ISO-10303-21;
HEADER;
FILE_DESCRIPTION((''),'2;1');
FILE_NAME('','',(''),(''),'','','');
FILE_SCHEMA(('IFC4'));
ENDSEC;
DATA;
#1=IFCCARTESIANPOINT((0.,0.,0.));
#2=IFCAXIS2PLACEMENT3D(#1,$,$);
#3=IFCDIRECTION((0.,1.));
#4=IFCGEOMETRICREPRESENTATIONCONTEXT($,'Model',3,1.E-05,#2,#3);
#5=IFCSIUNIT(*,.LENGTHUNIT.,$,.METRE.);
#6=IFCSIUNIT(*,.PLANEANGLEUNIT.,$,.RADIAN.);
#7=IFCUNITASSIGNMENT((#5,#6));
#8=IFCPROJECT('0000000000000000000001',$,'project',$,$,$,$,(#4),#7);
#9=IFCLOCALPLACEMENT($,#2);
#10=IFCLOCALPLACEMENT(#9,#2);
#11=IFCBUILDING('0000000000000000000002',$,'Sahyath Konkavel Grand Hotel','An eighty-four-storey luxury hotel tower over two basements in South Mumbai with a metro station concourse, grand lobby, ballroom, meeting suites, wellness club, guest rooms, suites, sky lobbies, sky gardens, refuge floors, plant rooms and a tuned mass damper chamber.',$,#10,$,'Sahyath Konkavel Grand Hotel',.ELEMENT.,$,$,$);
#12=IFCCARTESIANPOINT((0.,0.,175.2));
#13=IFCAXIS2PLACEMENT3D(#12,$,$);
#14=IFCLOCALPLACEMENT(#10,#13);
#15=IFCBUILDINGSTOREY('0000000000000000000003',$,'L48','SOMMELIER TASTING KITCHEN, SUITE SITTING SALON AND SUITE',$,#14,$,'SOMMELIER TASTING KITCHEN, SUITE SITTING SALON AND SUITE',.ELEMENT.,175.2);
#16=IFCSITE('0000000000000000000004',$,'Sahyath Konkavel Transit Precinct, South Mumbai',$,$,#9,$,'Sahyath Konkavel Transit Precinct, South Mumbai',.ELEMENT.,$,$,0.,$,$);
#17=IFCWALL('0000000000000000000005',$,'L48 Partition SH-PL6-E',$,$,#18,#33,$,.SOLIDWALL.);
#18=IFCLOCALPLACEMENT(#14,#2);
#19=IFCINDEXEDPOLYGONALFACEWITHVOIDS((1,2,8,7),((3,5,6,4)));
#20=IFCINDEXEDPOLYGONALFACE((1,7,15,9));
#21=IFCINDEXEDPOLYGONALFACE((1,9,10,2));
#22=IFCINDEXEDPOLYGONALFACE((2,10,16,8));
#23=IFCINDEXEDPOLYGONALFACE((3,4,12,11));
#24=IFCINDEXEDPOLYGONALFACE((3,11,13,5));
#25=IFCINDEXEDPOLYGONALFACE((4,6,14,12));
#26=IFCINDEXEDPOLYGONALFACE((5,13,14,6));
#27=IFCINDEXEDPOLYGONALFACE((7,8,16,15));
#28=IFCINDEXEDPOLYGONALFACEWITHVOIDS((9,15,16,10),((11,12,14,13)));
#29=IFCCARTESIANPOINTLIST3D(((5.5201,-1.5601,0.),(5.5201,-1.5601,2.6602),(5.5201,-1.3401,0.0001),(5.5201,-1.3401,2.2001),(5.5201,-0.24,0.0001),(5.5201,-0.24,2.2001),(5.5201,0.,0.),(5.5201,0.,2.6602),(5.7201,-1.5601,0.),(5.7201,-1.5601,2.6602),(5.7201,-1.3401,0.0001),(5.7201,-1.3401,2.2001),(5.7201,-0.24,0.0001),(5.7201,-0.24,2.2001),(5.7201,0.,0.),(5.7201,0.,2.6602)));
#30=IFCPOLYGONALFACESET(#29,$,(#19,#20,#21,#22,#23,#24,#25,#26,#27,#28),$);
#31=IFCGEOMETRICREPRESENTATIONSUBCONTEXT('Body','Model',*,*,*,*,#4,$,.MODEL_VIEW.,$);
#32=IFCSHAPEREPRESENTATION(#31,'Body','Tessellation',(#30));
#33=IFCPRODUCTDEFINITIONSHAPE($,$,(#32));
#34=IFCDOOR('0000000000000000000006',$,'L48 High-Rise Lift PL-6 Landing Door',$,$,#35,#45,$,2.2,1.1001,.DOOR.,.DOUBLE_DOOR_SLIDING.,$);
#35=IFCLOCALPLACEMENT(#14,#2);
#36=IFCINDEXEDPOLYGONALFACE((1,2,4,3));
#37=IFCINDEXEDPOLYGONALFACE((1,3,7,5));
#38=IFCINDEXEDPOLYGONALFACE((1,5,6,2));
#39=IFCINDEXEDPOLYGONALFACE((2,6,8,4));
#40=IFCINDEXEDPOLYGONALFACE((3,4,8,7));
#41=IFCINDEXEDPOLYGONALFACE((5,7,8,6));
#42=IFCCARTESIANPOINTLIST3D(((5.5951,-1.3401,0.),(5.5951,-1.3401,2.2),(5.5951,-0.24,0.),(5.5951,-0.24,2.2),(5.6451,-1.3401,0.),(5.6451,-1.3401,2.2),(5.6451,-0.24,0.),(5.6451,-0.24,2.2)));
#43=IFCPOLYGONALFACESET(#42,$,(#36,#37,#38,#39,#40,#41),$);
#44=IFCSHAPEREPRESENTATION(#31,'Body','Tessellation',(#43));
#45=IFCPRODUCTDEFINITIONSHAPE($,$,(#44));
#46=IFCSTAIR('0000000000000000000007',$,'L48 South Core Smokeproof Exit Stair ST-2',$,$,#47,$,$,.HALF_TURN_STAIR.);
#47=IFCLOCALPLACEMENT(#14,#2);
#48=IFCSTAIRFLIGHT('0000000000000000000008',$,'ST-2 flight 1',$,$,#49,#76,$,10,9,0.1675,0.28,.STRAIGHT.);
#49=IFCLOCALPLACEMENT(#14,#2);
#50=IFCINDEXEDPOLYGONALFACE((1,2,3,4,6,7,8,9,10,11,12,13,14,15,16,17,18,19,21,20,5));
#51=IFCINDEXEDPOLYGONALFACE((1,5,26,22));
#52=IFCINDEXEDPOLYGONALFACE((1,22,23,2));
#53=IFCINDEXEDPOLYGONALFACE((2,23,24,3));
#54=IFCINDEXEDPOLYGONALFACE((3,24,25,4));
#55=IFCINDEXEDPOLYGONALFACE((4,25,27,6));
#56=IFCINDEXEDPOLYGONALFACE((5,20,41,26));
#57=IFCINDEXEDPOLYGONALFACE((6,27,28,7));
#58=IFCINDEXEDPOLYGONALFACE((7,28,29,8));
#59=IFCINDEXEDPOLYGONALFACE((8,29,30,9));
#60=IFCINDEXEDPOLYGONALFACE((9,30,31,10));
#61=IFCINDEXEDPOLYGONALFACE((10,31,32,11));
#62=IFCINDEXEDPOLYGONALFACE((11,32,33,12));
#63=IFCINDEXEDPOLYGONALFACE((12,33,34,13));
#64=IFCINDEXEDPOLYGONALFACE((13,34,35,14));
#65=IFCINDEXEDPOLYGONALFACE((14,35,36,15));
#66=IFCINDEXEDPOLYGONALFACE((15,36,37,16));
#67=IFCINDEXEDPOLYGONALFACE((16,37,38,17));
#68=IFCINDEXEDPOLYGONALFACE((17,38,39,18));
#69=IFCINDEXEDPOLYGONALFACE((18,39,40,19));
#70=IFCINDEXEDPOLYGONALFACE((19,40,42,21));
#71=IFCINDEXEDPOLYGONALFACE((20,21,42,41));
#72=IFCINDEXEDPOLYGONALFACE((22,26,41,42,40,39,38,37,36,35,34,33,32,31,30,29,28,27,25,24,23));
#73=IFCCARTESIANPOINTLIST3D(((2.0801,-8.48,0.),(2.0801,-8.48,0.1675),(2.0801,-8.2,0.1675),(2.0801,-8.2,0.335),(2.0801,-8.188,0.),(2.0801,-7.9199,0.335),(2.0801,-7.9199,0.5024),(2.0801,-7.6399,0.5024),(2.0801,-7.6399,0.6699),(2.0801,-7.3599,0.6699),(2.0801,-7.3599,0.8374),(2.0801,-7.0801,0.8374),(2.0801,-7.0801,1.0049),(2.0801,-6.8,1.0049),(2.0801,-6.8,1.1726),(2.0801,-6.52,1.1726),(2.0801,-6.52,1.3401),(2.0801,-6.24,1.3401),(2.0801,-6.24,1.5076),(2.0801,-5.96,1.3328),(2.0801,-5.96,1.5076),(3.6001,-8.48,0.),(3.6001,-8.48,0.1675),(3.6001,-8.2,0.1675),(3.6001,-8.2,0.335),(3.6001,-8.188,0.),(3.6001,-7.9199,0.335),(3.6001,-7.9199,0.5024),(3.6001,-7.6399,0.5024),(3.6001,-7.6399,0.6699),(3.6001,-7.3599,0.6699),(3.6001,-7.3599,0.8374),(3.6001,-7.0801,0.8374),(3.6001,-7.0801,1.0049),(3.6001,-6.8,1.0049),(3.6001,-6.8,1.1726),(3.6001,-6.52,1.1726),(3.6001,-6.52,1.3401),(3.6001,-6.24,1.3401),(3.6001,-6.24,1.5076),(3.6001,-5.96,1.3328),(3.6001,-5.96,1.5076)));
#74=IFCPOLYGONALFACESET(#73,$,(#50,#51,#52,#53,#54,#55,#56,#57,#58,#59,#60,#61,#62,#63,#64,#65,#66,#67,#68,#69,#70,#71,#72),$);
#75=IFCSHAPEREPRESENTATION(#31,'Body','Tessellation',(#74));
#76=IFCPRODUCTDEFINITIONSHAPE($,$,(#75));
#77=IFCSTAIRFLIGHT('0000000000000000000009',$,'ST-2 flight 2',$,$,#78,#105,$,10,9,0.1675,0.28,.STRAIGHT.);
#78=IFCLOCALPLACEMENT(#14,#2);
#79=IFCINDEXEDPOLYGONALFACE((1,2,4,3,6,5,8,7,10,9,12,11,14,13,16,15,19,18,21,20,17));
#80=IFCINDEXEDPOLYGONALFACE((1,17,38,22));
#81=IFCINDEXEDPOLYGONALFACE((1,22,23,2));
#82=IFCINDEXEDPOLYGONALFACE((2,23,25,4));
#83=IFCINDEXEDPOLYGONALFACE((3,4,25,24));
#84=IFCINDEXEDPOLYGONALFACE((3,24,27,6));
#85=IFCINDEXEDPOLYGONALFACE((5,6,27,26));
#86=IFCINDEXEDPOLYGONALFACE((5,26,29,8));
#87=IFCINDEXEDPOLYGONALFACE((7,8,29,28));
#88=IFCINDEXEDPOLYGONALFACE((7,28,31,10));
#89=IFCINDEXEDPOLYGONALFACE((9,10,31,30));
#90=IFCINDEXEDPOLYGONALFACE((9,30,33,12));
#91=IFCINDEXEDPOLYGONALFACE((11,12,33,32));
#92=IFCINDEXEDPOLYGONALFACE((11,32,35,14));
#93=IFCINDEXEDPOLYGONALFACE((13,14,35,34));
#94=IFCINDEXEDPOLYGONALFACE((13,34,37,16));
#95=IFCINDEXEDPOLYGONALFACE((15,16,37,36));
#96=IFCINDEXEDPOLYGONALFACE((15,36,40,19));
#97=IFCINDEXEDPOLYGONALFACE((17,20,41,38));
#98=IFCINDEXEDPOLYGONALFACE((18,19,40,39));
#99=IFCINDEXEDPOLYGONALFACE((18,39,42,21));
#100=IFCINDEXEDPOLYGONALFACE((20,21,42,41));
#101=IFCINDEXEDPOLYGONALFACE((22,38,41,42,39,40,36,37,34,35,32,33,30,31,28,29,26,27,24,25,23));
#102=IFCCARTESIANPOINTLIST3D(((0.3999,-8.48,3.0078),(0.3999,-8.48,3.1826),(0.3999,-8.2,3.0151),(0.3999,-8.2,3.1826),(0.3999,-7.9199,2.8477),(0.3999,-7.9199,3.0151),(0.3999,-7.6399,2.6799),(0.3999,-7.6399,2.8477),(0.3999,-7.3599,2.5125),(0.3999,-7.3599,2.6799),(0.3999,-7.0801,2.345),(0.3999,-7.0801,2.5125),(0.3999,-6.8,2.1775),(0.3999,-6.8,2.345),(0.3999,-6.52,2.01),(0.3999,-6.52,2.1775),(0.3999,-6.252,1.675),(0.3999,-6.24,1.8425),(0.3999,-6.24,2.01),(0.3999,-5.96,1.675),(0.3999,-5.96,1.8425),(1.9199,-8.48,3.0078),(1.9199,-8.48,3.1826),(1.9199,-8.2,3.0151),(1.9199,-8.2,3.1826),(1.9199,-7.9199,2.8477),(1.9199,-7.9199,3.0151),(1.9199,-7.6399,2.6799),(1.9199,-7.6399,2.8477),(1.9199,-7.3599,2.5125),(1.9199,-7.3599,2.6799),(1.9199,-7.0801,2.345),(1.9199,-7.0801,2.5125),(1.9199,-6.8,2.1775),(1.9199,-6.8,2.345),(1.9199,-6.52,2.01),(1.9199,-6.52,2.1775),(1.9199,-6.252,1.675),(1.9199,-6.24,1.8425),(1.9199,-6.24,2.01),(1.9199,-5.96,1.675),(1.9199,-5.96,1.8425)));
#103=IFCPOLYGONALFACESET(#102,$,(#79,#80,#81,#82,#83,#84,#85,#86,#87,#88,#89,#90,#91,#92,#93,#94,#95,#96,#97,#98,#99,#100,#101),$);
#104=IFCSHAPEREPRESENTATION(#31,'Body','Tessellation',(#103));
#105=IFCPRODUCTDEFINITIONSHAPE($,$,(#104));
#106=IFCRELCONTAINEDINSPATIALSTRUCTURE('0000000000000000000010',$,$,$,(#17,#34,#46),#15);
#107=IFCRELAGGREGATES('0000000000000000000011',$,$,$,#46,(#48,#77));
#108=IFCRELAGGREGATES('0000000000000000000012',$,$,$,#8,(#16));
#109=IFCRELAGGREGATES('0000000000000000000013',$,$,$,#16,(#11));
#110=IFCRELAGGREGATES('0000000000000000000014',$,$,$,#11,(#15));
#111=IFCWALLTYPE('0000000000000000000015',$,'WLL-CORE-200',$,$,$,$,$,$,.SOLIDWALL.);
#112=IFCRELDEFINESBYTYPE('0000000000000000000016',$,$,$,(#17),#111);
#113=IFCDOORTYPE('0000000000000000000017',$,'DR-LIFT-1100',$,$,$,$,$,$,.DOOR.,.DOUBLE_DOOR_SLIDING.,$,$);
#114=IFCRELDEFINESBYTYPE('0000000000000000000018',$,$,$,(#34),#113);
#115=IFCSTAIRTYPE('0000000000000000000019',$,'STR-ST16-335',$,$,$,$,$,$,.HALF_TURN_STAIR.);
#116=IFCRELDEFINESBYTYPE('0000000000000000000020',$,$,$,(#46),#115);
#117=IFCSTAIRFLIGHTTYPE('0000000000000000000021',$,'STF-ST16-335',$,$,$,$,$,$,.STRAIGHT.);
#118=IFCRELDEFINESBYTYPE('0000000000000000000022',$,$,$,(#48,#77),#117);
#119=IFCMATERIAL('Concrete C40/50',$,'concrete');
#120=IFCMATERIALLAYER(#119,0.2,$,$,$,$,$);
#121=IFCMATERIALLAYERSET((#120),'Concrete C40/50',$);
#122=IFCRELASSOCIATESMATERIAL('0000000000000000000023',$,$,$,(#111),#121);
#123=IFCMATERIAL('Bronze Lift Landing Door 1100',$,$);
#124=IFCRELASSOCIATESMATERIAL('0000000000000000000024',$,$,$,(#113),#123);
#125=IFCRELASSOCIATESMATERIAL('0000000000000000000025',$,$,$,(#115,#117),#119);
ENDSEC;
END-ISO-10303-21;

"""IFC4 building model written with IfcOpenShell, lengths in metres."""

from ifc_helpers import new_model, si_unit, direction, frame, frame_2d, origin, origin_2d, place, context, subcontext, project, spatial, polyline, rectangle, outline, extrude, source, transform, mapped, material, layer, layer_set, type_object, element, fill, aggregate, save


model = new_model("IFC4")

# Units and contexts
model_context = context("Model", 3, precision=1e-05, world=origin(), true_north=direction((0.0, 1.0)))
body_context = subcontext(model_context, "Body", "Model", "MODEL_VIEW")
ifc_project = project(units=[si_unit("LENGTHUNIT", "METRE"), si_unit("PLANEANGLEUNIT", "RADIAN")], contexts=[model_context])

# Site, building, storey
site_placement = place(None, origin())
site = spatial("IfcSite", under=ifc_project, at=site_placement, Name="Sahyath Konkavel Transit Precinct, South Mumbai", LongName="Sahyath Konkavel Transit Precinct, South Mumbai", CompositionType="ELEMENT", RefElevation=0.0)
building_placement = place(site_placement, origin())
building = spatial("IfcBuilding", under=site, at=building_placement, Name="Sahyath Konkavel Grand Hotel", Description="An eighty-four-storey luxury hotel tower over two basements in South Mumbai with a metro station concourse, grand lobby, ballroom, meeting suites, wellness club, guest rooms, suites, sky lobbies, sky gardens, refuge floors, plant rooms and a tuned mass damper chamber.", LongName="Sahyath Konkavel Grand Hotel", CompositionType="ELEMENT")
storey_placement = place(building_placement, frame((0.0, 0.0, 175.2)))
storey = spatial("IfcBuildingStorey", under=building, at=storey_placement, Name="L48", Description="SOMMELIER TASTING KITCHEN, SUITE SITTING SALON AND SUITE", LongName="SOMMELIER TASTING KITCHEN, SUITE SITTING SALON AND SUITE", CompositionType="ELEMENT", Elevation=175.2)

# Shared definitions
ifc_material_1 = material(Name="Concrete C40/50", Category="concrete")

# Shared definitions
ifc_layer_1 = layer(ifc_material_1, 0.2)
ifc_layer_set_1 = layer_set([ifc_layer_1], Name="Concrete C40/50")
wall_type_1 = type_object("IfcWallType", Name="WLL-CORE-200", PredefinedType="SOLIDWALL", material=ifc_layer_set_1)

# Wall, opening, door
wall_1_placement = place(storey_placement, frame((5.6201, -1.5601, 0.0), z_axis=(0.0, 0.0, 1.0), x_axis=(0.0, 1.0, 0.0)))
wall_1 = element("IfcWall", 1, at=wall_1_placement, inside=storey, type_object=wall_type_1, Name="L48 Partition SH-PL6-E", PredefinedType="SOLIDWALL", context=body_context, shape_type="SweptSolid", body=[
    extrude(rectangle(XDim=1.5601, YDim=0.2, at=frame_2d((0.78, 0.0))), origin(), (0.0, 0.0, 1.0), 2.6602),
])
opening_1_placement = place(wall_1_placement, frame((0.22, 0.0, 0.0)))
opening_1 = element("IfcOpeningElement", 2, at=opening_1_placement, cuts=wall_1, PredefinedType="OPENING", context=body_context, shape_type="SweptSolid", body=[
    extrude(rectangle(XDim=1.1001, YDim=2.2, at=frame_2d((0.55, 1.1001))), frame((0.0, 0.1099, 0.0), z_axis=(0.0, -1.0, 0.0), x_axis=(1.0, 0.0, 0.0)), (0.0, 0.0, 1.0), 0.22),
])
ifc_material_2 = material(Name="Bronze Lift Landing Door 1100")
door_type_1 = type_object("IfcDoorType", Name="DR-LIFT-1100", OperationType="DOUBLE_DOOR_SLIDING", PredefinedType="DOOR", material=ifc_material_2)
shared_shape_1 = source(origin(), body_context, "Body", "SweptSolid", [
    extrude(rectangle(XDim=1.1001, YDim=0.05, at=origin_2d()), origin(), (0.0, 0.0, 1.0), 2.2),
])
door_1_placement = place(opening_1_placement, frame((0.55, 0.0, 0.0)))
door_1 = element("IfcDoor", 3, at=door_1_placement, inside=storey, type_object=door_type_1, Name="L48 High-Rise Lift PL-6 Landing Door", OperationType="DOUBLE_DOOR_SLIDING", OverallHeight=2.2, OverallWidth=1.1001, PredefinedType="DOOR", context=body_context, shape_type="MappedRepresentation", body=[
    mapped(shared_shape_1, transform((0.0, 0.0, 0.0), scale=1.0)),
])
fill(opening_1, door_1)

# Stair, stair flights
stair_type = type_object("IfcStairType", Name="STR-ST16-335", PredefinedType="HALF_TURN_STAIR", material=ifc_material_1)
stair_placement = place(storey_placement, origin())
stair = element("IfcStair", 4, at=stair_placement, inside=storey, type_object=stair_type, Name="L48 South Core Smokeproof Exit Stair ST-2", PredefinedType="HALF_TURN_STAIR")
stair_flight_type = type_object("IfcStairFlightType", Name="STF-ST16-335", PredefinedType="STRAIGHT", material=ifc_material_1)
stair_flight_1_placement = place(storey_placement, frame((2.8401, -8.48, 0.0), z_axis=(0.0, 0.0, 1.0), x_axis=(0.0, 1.0, 0.0)))
stair_flight_1 = element("IfcStairFlight", 5, at=stair_flight_1_placement, type_object=stair_flight_type, Name="ST-2 flight 1", NumberOfRisers=10, NumberOfTreads=9, PredefinedType="STRAIGHT", RiserHeight=0.1675, TreadLength=0.28, context=body_context, shape_type="SweptSolid", body=[
    extrude(outline(polyline([(0.0, 0.0), (0.0, 0.1675), (0.28, 0.1675), (0.28, 0.335), (0.5601, 0.335), (0.5601, 0.5024), (0.8401, 0.5024), (0.8401, 0.6699), (1.1201, 0.6699), (1.1201, 0.8374), (1.3999, 0.8374), (1.3999, 1.0049), (1.6799, 1.0049), (1.6799, 1.1726), (1.96, 1.1726), (1.96, 1.3401), (2.24, 1.3401), (2.24, 1.5076), (2.52, 1.5076), (2.52, 1.675), (2.52, 1.3328), (0.292, 0.0), (0.0, 0.0)])), frame((0.0, 0.76, 0.0), z_axis=(0.0, -1.0, 0.0), x_axis=(1.0, 0.0, 0.0)), (0.0, 0.0, 1.0), 1.52),
])
stair_flight_2_placement = place(storey_placement, frame((1.1599, -5.96, 1.675), z_axis=(0.0, 0.0, 1.0), x_axis=(0.0, -1.0, 0.0)))
stair_flight_2 = element("IfcStairFlight", 6, at=stair_flight_2_placement, type_object=stair_flight_type, Name="ST-2 flight 2", NumberOfRisers=10, NumberOfTreads=9, PredefinedType="STRAIGHT", RiserHeight=0.1675, TreadLength=0.28, context=body_context, shape_type="SweptSolid", body=[
    extrude(outline(polyline([(0.0, 0.0), (0.0, 0.1675), (0.28, 0.1675), (0.28, 0.335), (0.5601, 0.335), (0.5601, 0.5024), (0.8401, 0.5024), (0.8401, 0.6699), (1.1201, 0.6699), (1.1201, 0.8374), (1.3999, 0.8374), (1.3999, 1.0049), (1.6799, 1.0049), (1.6799, 1.1726), (1.96, 1.1726), (1.96, 1.3401), (2.24, 1.3401), (2.24, 1.5076), (2.52, 1.5076), (2.52, 1.675), (2.52, 1.3328), (0.292, 0.0), (0.0, 0.0)])), frame((0.0, 0.76, 0.0), z_axis=(0.0, -1.0, 0.0), x_axis=(1.0, 0.0, 0.0)), (0.0, 0.0, 1.0), 1.52),
])
aggregate(stair, [stair_flight_1, stair_flight_2])

save(model, "model.ifc")
